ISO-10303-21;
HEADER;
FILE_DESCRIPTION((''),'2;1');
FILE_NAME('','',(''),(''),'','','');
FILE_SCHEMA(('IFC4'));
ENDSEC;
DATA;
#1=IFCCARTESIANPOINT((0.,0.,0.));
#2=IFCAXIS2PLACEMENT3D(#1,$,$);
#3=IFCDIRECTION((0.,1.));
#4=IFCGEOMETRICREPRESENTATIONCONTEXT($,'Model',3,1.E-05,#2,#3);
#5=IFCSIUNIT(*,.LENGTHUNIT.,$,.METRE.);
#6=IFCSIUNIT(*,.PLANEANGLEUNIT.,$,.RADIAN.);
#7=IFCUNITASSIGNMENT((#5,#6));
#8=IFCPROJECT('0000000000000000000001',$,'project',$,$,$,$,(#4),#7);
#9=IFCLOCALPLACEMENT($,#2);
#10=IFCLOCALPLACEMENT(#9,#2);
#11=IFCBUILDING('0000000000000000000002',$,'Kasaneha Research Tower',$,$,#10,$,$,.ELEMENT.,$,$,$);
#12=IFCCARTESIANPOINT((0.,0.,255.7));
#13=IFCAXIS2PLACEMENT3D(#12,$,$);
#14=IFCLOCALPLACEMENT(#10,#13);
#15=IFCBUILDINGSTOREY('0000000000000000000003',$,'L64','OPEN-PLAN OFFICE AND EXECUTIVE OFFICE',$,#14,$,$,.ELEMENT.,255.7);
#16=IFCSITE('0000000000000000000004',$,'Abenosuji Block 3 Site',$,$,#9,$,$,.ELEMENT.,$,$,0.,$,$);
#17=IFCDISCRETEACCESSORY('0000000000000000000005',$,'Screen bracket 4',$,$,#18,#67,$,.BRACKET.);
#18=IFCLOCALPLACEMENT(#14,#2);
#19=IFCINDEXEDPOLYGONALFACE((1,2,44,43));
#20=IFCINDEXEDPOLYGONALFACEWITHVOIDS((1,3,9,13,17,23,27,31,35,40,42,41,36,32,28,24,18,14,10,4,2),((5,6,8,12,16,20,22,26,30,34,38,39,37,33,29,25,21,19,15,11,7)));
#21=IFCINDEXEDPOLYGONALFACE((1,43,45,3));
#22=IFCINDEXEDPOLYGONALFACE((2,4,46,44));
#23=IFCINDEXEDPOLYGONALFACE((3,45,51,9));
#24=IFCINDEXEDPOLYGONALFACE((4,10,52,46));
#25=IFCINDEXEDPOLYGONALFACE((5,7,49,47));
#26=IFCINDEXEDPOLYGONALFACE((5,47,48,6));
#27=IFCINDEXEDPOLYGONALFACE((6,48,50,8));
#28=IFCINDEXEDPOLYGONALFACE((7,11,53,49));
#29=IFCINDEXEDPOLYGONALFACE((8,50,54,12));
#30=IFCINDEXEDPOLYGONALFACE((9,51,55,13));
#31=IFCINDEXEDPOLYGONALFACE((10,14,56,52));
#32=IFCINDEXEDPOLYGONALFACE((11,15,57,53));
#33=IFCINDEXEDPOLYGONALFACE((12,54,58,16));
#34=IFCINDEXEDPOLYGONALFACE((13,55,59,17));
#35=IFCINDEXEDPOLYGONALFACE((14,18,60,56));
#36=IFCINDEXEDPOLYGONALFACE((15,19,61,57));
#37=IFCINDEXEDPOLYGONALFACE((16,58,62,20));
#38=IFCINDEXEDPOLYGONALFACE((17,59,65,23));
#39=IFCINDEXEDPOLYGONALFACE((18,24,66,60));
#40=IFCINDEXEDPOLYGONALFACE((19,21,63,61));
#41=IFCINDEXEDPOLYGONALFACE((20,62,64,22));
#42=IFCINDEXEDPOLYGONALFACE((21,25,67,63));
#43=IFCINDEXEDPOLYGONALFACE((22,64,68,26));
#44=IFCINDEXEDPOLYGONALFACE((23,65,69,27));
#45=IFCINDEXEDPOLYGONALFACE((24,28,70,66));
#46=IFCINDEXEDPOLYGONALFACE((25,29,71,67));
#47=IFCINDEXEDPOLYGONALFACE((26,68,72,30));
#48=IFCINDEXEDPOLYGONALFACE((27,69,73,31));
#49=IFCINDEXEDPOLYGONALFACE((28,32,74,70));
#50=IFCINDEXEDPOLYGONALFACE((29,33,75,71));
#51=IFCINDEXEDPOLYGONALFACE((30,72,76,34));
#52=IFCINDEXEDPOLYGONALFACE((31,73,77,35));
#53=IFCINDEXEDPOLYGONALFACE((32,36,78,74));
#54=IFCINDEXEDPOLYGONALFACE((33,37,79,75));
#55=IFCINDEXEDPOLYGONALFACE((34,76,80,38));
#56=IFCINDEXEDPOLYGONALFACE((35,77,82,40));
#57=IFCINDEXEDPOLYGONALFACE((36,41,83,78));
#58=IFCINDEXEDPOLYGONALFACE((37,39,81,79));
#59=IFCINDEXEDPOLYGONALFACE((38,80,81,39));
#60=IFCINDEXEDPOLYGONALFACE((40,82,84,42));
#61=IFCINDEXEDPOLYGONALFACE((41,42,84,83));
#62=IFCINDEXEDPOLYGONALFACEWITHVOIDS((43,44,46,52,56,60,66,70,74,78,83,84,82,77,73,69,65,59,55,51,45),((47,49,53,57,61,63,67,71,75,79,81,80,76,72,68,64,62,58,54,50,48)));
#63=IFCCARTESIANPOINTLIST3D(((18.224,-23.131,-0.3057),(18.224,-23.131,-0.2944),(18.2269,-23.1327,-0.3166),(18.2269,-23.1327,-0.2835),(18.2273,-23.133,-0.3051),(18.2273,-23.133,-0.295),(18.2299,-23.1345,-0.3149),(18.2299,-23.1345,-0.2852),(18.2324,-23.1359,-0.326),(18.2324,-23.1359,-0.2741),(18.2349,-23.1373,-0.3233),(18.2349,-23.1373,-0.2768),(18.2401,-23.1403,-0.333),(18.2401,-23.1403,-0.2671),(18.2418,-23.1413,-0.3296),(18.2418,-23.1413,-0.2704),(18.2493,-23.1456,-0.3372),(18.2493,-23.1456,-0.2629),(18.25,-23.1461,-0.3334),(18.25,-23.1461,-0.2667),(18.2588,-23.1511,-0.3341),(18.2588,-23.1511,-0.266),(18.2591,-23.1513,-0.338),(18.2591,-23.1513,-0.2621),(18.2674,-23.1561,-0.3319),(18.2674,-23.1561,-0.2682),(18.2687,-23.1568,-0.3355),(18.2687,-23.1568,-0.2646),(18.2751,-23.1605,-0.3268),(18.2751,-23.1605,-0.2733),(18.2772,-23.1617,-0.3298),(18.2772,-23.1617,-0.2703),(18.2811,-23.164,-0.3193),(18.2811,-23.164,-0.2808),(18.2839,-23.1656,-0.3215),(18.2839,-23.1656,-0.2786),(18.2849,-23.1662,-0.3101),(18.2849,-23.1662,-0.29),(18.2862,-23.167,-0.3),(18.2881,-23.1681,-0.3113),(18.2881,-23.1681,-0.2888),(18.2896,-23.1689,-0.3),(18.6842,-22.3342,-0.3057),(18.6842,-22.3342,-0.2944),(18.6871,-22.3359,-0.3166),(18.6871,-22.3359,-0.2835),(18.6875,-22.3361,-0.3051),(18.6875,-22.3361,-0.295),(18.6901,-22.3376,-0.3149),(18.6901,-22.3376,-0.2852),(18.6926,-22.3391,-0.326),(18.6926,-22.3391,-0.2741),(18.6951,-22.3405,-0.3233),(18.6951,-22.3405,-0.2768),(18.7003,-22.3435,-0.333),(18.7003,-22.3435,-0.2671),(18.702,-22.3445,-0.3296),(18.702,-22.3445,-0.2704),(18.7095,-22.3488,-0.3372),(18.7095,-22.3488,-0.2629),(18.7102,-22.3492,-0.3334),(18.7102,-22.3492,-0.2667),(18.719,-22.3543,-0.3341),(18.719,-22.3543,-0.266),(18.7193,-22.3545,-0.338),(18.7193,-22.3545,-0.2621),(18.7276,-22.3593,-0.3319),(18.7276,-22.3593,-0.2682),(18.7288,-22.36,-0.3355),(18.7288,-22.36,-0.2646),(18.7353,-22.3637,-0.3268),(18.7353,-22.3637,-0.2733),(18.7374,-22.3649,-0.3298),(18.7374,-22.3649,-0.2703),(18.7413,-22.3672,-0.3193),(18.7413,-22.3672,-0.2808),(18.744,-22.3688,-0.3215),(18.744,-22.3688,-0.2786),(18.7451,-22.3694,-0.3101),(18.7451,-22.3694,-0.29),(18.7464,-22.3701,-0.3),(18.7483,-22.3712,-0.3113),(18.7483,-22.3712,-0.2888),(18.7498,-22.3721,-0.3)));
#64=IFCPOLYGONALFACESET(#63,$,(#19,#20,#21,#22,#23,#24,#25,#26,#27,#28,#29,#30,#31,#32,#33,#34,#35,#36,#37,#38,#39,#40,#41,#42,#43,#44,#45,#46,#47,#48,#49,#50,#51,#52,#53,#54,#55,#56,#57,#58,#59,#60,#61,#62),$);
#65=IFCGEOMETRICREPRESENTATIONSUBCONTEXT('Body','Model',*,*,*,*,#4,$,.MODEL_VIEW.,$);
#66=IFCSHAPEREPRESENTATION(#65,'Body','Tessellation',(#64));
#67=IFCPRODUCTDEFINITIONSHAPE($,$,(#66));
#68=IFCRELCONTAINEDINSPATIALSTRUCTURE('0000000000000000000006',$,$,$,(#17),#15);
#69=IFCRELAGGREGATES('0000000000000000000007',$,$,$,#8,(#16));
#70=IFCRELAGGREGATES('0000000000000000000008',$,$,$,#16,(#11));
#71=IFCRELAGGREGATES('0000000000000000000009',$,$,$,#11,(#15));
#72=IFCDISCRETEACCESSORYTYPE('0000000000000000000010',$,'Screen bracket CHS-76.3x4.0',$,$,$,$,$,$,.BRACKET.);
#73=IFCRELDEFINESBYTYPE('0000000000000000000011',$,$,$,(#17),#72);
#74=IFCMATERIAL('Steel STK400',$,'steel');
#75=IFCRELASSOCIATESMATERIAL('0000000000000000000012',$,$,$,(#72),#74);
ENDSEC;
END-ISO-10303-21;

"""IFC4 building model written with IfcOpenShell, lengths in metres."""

from ifc_helpers import new_model, si_unit, direction, frame, origin, origin_2d, place, context, subcontext, project, spatial, hollow_circle, extrude, material, material_profile, profile_set, type_object, element, save


model = new_model("IFC4")

# Units and contexts
model_context = context("Model", 3, precision=1e-05, world=origin(), true_north=direction((0.0, 1.0)))
body_context = subcontext(model_context, "Body", "Model", "MODEL_VIEW")
ifc_project = project(units=[si_unit("LENGTHUNIT", "METRE"), si_unit("PLANEANGLEUNIT", "RADIAN")], contexts=[model_context])

# Site, building, storey
site_placement = place(None, origin())
site = spatial("IfcSite", under=ifc_project, at=site_placement, Name="Abenosuji Block 3 Site", CompositionType="ELEMENT", RefElevation=0.0)
building_placement = place(site_placement, origin())
building = spatial("IfcBuilding", under=site, at=building_placement, Name="Kasaneha Research Tower", CompositionType="ELEMENT")
storey_placement = place(building_placement, frame((0.0, 0.0, 255.7)))
storey = spatial("IfcBuildingStorey", under=building, at=storey_placement, Name="L64", Description="OPEN-PLAN OFFICE AND EXECUTIVE OFFICE", CompositionType="ELEMENT", Elevation=255.7)

# Discrete accessory
ifc_material_1 = material(Name="Steel STK400", Category="steel")
ifc_material_profile_1 = material_profile(ifc_material_1, hollow_circle(Radius=0.0381, WallThickness=0.0039, at=origin_2d()), Name="CHS-76.3x4.0")
ifc_profile_set_1 = profile_set([ifc_material_profile_1], Name="Steel STK400")
discrete_accessory_type = type_object("IfcDiscreteAccessoryType", Name="Screen bracket CHS-76.3x4.0", PredefinedType="BRACKET", material=ifc_profile_set_1)
discrete_accessory_1_placement = place(storey_placement, frame((18.7168, -22.353, -0.3), z_axis=(-0.500105, -0.865965, 0.0), x_axis=(0.865965, -0.500105, 0.0)))
element("IfcDiscreteAccessory", 1, at=discrete_accessory_1_placement, inside=storey, type_object=discrete_accessory_type, Name="Screen bracket 4", PredefinedType="BRACKET", context=body_context, shape_type="SweptSolid", body=[
    extrude(hollow_circle(Radius=0.0381, WallThickness=0.0039, at=origin_2d()), origin(), (0.0, 0.0, 1.0), 0.9202),
])

save(model, "model.ifc")
